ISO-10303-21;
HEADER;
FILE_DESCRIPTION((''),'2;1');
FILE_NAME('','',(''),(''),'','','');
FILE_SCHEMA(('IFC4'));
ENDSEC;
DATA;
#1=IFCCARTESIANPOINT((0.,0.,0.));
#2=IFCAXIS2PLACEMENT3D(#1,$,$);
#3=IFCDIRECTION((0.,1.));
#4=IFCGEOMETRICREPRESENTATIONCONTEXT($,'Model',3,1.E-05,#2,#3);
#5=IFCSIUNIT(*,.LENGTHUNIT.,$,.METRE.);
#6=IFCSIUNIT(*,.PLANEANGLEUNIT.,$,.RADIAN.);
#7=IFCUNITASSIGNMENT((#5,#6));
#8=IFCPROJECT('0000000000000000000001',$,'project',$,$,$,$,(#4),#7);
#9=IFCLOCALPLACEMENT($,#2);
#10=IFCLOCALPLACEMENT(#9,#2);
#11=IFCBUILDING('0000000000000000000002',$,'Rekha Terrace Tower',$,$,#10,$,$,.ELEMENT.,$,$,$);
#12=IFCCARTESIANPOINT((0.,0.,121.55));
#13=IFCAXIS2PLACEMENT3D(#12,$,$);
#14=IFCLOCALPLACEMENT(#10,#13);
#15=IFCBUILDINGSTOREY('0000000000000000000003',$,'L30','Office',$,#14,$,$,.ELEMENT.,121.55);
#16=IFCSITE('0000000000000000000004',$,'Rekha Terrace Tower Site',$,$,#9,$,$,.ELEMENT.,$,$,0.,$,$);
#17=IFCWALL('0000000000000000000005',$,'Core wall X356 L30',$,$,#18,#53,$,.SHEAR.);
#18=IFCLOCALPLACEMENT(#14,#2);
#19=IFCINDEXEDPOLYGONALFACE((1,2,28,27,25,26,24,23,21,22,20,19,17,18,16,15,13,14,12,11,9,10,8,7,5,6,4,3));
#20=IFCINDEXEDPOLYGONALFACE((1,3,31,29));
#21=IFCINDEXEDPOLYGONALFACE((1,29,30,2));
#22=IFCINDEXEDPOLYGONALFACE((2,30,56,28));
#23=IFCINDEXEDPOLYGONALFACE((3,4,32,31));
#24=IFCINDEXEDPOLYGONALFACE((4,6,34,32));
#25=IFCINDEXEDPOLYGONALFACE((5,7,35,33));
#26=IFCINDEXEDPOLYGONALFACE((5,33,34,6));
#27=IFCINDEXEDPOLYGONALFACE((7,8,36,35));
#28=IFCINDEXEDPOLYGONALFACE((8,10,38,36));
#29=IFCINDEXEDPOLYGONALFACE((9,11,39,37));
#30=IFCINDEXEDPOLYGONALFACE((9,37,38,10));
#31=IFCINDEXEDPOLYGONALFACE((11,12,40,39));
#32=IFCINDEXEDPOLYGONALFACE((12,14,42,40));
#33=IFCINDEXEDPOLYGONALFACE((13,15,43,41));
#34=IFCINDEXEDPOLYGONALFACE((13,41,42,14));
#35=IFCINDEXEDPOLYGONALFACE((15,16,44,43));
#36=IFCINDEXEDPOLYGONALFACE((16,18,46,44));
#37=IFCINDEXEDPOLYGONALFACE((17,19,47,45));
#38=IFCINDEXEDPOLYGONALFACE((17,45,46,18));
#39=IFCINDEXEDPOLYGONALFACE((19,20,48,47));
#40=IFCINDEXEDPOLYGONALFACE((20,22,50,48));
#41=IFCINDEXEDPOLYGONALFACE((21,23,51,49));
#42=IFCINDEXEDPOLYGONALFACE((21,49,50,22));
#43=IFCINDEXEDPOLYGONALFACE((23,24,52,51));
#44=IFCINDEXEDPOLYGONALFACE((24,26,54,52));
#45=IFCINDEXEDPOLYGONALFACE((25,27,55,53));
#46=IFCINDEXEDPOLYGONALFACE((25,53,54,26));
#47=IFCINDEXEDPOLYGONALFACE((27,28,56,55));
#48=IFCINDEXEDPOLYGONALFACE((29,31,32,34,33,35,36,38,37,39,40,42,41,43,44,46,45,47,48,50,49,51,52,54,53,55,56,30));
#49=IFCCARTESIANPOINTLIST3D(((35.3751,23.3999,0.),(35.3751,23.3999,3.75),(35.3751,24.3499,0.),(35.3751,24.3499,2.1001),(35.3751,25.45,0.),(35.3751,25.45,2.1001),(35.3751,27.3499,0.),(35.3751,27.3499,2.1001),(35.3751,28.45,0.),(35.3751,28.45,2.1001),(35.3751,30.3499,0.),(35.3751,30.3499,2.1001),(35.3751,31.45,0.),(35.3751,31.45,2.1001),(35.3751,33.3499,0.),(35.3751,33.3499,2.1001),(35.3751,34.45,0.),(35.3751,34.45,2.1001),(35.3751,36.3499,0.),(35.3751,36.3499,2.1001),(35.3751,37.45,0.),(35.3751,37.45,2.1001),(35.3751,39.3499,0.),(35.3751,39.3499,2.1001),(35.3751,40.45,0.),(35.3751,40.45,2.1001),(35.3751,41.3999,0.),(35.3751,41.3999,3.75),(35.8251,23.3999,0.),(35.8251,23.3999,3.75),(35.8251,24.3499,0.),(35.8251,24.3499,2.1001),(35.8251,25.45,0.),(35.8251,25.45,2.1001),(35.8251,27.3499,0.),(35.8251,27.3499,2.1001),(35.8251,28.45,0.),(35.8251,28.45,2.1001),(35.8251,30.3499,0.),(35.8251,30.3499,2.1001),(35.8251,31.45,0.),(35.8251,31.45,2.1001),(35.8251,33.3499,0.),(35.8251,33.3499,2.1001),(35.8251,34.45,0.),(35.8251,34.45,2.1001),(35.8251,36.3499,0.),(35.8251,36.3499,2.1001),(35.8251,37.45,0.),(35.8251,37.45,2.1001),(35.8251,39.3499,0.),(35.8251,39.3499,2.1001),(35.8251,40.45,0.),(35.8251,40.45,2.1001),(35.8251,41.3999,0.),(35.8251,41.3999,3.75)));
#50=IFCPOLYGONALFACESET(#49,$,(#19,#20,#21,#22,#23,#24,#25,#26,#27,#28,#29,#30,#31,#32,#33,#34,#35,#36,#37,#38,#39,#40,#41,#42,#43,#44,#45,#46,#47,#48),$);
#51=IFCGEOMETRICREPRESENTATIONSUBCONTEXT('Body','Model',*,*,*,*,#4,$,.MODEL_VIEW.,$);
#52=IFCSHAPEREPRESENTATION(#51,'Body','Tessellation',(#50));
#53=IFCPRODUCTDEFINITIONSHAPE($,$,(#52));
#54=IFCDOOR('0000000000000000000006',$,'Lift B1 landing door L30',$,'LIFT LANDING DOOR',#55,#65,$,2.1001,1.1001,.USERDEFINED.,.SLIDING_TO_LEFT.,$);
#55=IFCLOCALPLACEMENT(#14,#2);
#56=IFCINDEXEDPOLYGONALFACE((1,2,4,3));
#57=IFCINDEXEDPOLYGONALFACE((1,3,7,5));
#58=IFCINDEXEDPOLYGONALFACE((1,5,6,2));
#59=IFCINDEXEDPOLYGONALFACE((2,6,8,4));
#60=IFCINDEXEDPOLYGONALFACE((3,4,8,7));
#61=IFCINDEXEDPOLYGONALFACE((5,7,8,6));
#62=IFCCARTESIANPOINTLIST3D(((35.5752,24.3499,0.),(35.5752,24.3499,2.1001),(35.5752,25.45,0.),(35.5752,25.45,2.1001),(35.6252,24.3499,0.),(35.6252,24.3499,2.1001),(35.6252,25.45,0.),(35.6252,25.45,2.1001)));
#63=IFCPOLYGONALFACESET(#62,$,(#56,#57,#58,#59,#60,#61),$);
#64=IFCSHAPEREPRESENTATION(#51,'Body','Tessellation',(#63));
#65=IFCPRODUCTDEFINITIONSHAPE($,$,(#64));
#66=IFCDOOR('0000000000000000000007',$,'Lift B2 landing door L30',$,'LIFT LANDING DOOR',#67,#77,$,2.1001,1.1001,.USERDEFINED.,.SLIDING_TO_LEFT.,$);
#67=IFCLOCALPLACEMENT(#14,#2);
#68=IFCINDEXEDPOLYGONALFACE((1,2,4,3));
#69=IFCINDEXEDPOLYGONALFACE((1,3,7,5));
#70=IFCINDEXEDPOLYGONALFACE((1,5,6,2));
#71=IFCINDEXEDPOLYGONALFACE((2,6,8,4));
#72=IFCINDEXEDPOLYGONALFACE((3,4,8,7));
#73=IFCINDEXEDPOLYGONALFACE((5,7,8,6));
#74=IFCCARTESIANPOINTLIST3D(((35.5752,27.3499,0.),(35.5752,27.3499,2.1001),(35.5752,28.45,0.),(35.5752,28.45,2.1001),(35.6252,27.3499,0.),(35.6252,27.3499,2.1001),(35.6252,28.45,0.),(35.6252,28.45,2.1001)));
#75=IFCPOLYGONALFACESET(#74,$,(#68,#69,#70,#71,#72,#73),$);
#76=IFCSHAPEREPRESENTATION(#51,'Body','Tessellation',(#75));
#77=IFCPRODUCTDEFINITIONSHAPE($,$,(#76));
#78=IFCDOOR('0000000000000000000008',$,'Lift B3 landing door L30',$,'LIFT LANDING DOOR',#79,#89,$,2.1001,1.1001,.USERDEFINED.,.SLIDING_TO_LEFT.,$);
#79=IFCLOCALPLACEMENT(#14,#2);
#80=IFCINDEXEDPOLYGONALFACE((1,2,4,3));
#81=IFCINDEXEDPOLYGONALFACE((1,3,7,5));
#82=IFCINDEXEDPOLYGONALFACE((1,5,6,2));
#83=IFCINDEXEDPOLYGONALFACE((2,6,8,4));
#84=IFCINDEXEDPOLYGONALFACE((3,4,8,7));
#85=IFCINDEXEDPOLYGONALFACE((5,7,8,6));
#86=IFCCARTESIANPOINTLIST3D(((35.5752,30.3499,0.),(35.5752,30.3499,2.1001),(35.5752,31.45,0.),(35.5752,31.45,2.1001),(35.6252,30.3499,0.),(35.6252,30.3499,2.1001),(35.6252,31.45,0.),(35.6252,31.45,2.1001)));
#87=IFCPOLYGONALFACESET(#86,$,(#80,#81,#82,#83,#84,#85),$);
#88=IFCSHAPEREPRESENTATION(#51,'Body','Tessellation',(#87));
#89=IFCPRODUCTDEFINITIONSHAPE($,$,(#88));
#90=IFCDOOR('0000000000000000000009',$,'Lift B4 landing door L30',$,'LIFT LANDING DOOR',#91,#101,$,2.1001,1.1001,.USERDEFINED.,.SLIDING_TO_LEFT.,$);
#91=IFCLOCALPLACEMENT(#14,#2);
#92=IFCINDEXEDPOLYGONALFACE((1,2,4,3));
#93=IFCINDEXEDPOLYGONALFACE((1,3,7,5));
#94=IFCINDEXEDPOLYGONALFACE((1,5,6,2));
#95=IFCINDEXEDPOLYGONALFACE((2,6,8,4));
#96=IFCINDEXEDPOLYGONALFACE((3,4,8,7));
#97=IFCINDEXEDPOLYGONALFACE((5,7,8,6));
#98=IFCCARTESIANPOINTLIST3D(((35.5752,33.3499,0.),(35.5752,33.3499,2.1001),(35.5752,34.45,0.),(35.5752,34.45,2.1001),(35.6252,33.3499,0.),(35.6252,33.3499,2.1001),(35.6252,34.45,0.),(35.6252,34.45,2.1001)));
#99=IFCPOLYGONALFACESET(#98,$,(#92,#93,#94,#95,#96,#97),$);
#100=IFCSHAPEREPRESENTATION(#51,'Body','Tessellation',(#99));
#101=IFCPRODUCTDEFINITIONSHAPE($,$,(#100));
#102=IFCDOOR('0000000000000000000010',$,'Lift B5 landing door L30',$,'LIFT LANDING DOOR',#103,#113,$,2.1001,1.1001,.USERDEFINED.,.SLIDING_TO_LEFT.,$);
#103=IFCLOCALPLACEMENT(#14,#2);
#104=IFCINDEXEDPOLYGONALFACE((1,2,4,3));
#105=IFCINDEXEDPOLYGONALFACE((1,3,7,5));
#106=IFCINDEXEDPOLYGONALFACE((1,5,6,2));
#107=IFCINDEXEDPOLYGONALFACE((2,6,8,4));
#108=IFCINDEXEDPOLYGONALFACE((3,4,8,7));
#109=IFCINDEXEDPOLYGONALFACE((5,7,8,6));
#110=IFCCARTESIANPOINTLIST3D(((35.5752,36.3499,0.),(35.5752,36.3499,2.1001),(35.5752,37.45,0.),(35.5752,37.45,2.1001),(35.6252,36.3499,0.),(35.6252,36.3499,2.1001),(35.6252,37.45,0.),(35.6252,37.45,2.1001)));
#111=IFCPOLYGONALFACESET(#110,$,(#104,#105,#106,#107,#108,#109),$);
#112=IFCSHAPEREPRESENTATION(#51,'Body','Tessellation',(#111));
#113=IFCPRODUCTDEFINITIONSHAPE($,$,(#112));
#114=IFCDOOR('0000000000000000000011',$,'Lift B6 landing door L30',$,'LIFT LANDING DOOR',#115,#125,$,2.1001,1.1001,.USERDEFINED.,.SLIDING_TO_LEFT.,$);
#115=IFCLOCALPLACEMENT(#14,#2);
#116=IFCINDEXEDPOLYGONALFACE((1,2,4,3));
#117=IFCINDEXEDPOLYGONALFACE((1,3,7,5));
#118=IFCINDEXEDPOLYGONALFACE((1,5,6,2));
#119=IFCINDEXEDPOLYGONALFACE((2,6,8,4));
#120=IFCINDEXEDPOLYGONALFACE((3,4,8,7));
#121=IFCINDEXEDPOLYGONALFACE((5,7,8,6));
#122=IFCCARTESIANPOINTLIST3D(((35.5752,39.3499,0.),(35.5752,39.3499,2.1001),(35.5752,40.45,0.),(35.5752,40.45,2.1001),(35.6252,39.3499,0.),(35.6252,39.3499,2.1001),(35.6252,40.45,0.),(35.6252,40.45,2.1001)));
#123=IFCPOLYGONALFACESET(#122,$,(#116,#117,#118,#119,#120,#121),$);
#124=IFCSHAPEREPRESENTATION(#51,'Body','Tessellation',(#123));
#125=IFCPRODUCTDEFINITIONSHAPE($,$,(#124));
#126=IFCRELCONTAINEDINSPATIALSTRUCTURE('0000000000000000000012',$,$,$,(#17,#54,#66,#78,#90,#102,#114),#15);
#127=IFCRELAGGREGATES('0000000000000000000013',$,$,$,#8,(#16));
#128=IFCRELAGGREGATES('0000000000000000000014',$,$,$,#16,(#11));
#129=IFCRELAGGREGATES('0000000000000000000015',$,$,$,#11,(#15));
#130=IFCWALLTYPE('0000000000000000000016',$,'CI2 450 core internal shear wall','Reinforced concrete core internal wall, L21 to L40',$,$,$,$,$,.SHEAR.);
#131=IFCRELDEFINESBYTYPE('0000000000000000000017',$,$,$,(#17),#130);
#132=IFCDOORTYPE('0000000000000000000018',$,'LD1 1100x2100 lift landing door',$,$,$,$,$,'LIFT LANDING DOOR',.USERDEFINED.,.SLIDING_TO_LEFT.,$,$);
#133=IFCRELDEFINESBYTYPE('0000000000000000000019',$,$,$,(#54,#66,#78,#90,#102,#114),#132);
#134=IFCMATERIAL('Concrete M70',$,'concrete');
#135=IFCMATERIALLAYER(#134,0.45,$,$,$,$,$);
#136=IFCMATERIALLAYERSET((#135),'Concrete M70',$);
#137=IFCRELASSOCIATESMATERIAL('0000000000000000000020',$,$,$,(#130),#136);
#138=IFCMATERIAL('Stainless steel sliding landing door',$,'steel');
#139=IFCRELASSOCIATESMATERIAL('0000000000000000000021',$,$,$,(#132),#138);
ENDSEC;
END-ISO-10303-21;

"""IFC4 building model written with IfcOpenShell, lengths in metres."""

from ifc_helpers import new_model, si_unit, direction, frame, frame_2d, origin, place, context, subcontext, project, spatial, rectangle, extrude, material, layer, layer_set, type_object, element, fill, save


model = new_model("IFC4")

# Units and contexts
model_context = context("Model", 3, precision=1e-05, world=origin(), true_north=direction((0.0, 1.0)))
body_context = subcontext(model_context, "Body", "Model", "MODEL_VIEW")
ifc_project = project(units=[si_unit("LENGTHUNIT", "METRE"), si_unit("PLANEANGLEUNIT", "RADIAN")], contexts=[model_context])

# Site, building, storey
site_placement = place(None, origin())
site = spatial("IfcSite", under=ifc_project, at=site_placement, Name="Rekha Terrace Tower Site", CompositionType="ELEMENT", RefElevation=0.0)
building_placement = place(site_placement, origin())
building = spatial("IfcBuilding", under=site, at=building_placement, Name="Rekha Terrace Tower", CompositionType="ELEMENT")
storey_placement = place(building_placement, frame((0.0, 0.0, 121.55)))
storey = spatial("IfcBuildingStorey", under=building, at=storey_placement, Name="L30", Description="Office", CompositionType="ELEMENT", Elevation=121.55)

# Wall, openings, doors
ifc_material_1 = material(Name="Concrete M70", Category="concrete")
ifc_layer_1 = layer(ifc_material_1, 0.45)
ifc_layer_set_1 = layer_set([ifc_layer_1], Name="Concrete M70")
wall_type_1 = type_object("IfcWallType", Name="CI2 450 core internal shear wall", Description="Reinforced concrete core internal wall, L21 to L40", PredefinedType="SHEAR", material=ifc_layer_set_1)
wall_1_placement = place(storey_placement, frame((35.6001, 23.3999, 0.0), z_axis=(0.0, 0.0, 1.0), x_axis=(0.0, 1.0, 0.0)))
wall_1 = element("IfcWall", 1, at=wall_1_placement, inside=storey, type_object=wall_type_1, Name="Core wall X356 L30", PredefinedType="SHEAR", context=body_context, shape_type="SweptSolid", body=[
    extrude(rectangle(XDim=18.0, YDim=0.45, at=frame_2d((9.0, 0.0))), origin(), (0.0, 0.0, 1.0), 3.75),
])
opening_1_placement = place(wall_1_placement, frame((0.95, 0.0, 0.0)))
opening_1 = element("IfcOpeningElement", 2, at=opening_1_placement, cuts=wall_1, PredefinedType="OPENING", context=body_context, shape_type="SweptSolid", body=[
    extrude(rectangle(XDim=1.1001, YDim=2.1001, at=frame_2d((0.55, 1.05))), frame((0.0, 0.2349, 0.0), z_axis=(0.0, -1.0, 0.0), x_axis=(1.0, 0.0, 0.0)), (0.0, 0.0, 1.0), 0.47),
])
opening_2_placement = place(wall_1_placement, frame((3.95, 0.0, 0.0)))
opening_2 = element("IfcOpeningElement", 3, at=opening_2_placement, cuts=wall_1, PredefinedType="OPENING", context=body_context, shape_type="SweptSolid", body=[
    extrude(rectangle(XDim=1.1001, YDim=2.1001, at=frame_2d((0.55, 1.05))), frame((0.0, 0.2349, 0.0), z_axis=(0.0, -1.0, 0.0), x_axis=(1.0, 0.0, 0.0)), (0.0, 0.0, 1.0), 0.47),
])
opening_3_placement = place(wall_1_placement, frame((6.95, 0.0, 0.0)))
opening_3 = element("IfcOpeningElement", 4, at=opening_3_placement, cuts=wall_1, PredefinedType="OPENING", context=body_context, shape_type="SweptSolid", body=[
    extrude(rectangle(XDim=1.1001, YDim=2.1001, at=frame_2d((0.55, 1.05))), frame((0.0, 0.2349, 0.0), z_axis=(0.0, -1.0, 0.0), x_axis=(1.0, 0.0, 0.0)), (0.0, 0.0, 1.0), 0.47),
])
opening_4_placement = place(wall_1_placement, frame((9.95, 0.0, 0.0)))
opening_4 = element("IfcOpeningElement", 5, at=opening_4_placement, cuts=wall_1, PredefinedType="OPENING", context=body_context, shape_type="SweptSolid", body=[
    extrude(rectangle(XDim=1.1001, YDim=2.1001, at=frame_2d((0.55, 1.05))), frame((0.0, 0.2349, 0.0), z_axis=(0.0, -1.0, 0.0), x_axis=(1.0, 0.0, 0.0)), (0.0, 0.0, 1.0), 0.47),
])
opening_5_placement = place(wall_1_placement, frame((12.95, 0.0, 0.0)))
opening_5 = element("IfcOpeningElement", 6, at=opening_5_placement, cuts=wall_1, PredefinedType="OPENING", context=body_context, shape_type="SweptSolid", body=[
    extrude(rectangle(XDim=1.1001, YDim=2.1001, at=frame_2d((0.55, 1.05))), frame((0.0, 0.2349, 0.0), z_axis=(0.0, -1.0, 0.0), x_axis=(1.0, 0.0, 0.0)), (0.0, 0.0, 1.0), 0.47),
])
opening_6_placement = place(wall_1_placement, frame((15.95, 0.0, 0.0)))
opening_6 = element("IfcOpeningElement", 7, at=opening_6_placement, cuts=wall_1, PredefinedType="OPENING", context=body_context, shape_type="SweptSolid", body=[
    extrude(rectangle(XDim=1.1001, YDim=2.1001, at=frame_2d((0.55, 1.05))), frame((0.0, 0.2349, 0.0), z_axis=(0.0, -1.0, 0.0), x_axis=(1.0, 0.0, 0.0)), (0.0, 0.0, 1.0), 0.47),
])
ifc_material_2 = material(Name="Stainless steel sliding landing door", Category="steel")
door_type_1 = type_object("IfcDoorType", Name="LD1 1100x2100 lift landing door", ElementType="LIFT LANDING DOOR", OperationType="SLIDING_TO_LEFT", PredefinedType="USERDEFINED", material=ifc_material_2)
door_1_placement = place(opening_1_placement, origin())
door_1 = element("IfcDoor", 8, at=door_1_placement, inside=storey, type_object=door_type_1, Name="Lift B1 landing door L30", ObjectType="LIFT LANDING DOOR", OperationType="SLIDING_TO_LEFT", OverallHeight=2.1001, OverallWidth=1.1001, PredefinedType="USERDEFINED", context=body_context, shape_type="SweptSolid", body=[
    extrude(rectangle(XDim=1.1001, YDim=2.1001, at=frame_2d((0.55, 1.05))), frame((0.0, 0.0249, 0.0), z_axis=(0.0, -1.0, 0.0), x_axis=(1.0, 0.0, 0.0)), (0.0, 0.0, 1.0), 0.05),
])
fill(opening_1, door_1)
door_2_placement = place(opening_2_placement, origin())
door_2 = element("IfcDoor", 9, at=door_2_placement, inside=storey, type_object=door_type_1, Name="Lift B2 landing door L30", ObjectType="LIFT LANDING DOOR", OperationType="SLIDING_TO_LEFT", OverallHeight=2.1001, OverallWidth=1.1001, PredefinedType="USERDEFINED", context=body_context, shape_type="SweptSolid", body=[
    extrude(rectangle(XDim=1.1001, YDim=2.1001, at=frame_2d((0.55, 1.05))), frame((0.0, 0.0249, 0.0), z_axis=(0.0, -1.0, 0.0), x_axis=(1.0, 0.0, 0.0)), (0.0, 0.0, 1.0), 0.05),
])
fill(opening_2, door_2)
door_3_placement = place(opening_3_placement, origin())
door_3 = element("IfcDoor", 10, at=door_3_placement, inside=storey, type_object=door_type_1, Name="Lift B3 landing door L30", ObjectType="LIFT LANDING DOOR", OperationType="SLIDING_TO_LEFT", OverallHeight=2.1001, OverallWidth=1.1001, PredefinedType="USERDEFINED", context=body_context, shape_type="SweptSolid", body=[
    extrude(rectangle(XDim=1.1001, YDim=2.1001, at=frame_2d((0.55, 1.05))), frame((0.0, 0.0249, 0.0), z_axis=(0.0, -1.0, 0.0), x_axis=(1.0, 0.0, 0.0)), (0.0, 0.0, 1.0), 0.05),
])
fill(opening_3, door_3)
door_4_placement = place(opening_4_placement, origin())
door_4 = element("IfcDoor", 11, at=door_4_placement, inside=storey, type_object=door_type_1, Name="Lift B4 landing door L30", ObjectType="LIFT LANDING DOOR", OperationType="SLIDING_TO_LEFT", OverallHeight=2.1001, OverallWidth=1.1001, PredefinedType="USERDEFINED", context=body_context, shape_type="SweptSolid", body=[
    extrude(rectangle(XDim=1.1001, YDim=2.1001, at=frame_2d((0.55, 1.05))), frame((0.0, 0.0249, 0.0), z_axis=(0.0, -1.0, 0.0), x_axis=(1.0, 0.0, 0.0)), (0.0, 0.0, 1.0), 0.05),
])
fill(opening_4, door_4)
door_5_placement = place(opening_5_placement, origin())
door_5 = element("IfcDoor", 12, at=door_5_placement, inside=storey, type_object=door_type_1, Name="Lift B5 landing door L30", ObjectType="LIFT LANDING DOOR", OperationType="SLIDING_TO_LEFT", OverallHeight=2.1001, OverallWidth=1.1001, PredefinedType="USERDEFINED", context=body_context, shape_type="SweptSolid", body=[
    extrude(rectangle(XDim=1.1001, YDim=2.1001, at=frame_2d((0.55, 1.05))), frame((0.0, 0.0249, 0.0), z_axis=(0.0, -1.0, 0.0), x_axis=(1.0, 0.0, 0.0)), (0.0, 0.0, 1.0), 0.05),
])
fill(opening_5, door_5)
door_6_placement = place(opening_6_placement, origin())
door_6 = element("IfcDoor", 13, at=door_6_placement, inside=storey, type_object=door_type_1, Name="Lift B6 landing door L30", ObjectType="LIFT LANDING DOOR", OperationType="SLIDING_TO_LEFT", OverallHeight=2.1001, OverallWidth=1.1001, PredefinedType="USERDEFINED", context=body_context, shape_type="SweptSolid", body=[
    extrude(rectangle(XDim=1.1001, YDim=2.1001, at=frame_2d((0.55, 1.05))), frame((0.0, 0.0249, 0.0), z_axis=(0.0, -1.0, 0.0), x_axis=(1.0, 0.0, 0.0)), (0.0, 0.0, 1.0), 0.05),
])
fill(opening_6, door_6)

save(model, "model.ifc")
